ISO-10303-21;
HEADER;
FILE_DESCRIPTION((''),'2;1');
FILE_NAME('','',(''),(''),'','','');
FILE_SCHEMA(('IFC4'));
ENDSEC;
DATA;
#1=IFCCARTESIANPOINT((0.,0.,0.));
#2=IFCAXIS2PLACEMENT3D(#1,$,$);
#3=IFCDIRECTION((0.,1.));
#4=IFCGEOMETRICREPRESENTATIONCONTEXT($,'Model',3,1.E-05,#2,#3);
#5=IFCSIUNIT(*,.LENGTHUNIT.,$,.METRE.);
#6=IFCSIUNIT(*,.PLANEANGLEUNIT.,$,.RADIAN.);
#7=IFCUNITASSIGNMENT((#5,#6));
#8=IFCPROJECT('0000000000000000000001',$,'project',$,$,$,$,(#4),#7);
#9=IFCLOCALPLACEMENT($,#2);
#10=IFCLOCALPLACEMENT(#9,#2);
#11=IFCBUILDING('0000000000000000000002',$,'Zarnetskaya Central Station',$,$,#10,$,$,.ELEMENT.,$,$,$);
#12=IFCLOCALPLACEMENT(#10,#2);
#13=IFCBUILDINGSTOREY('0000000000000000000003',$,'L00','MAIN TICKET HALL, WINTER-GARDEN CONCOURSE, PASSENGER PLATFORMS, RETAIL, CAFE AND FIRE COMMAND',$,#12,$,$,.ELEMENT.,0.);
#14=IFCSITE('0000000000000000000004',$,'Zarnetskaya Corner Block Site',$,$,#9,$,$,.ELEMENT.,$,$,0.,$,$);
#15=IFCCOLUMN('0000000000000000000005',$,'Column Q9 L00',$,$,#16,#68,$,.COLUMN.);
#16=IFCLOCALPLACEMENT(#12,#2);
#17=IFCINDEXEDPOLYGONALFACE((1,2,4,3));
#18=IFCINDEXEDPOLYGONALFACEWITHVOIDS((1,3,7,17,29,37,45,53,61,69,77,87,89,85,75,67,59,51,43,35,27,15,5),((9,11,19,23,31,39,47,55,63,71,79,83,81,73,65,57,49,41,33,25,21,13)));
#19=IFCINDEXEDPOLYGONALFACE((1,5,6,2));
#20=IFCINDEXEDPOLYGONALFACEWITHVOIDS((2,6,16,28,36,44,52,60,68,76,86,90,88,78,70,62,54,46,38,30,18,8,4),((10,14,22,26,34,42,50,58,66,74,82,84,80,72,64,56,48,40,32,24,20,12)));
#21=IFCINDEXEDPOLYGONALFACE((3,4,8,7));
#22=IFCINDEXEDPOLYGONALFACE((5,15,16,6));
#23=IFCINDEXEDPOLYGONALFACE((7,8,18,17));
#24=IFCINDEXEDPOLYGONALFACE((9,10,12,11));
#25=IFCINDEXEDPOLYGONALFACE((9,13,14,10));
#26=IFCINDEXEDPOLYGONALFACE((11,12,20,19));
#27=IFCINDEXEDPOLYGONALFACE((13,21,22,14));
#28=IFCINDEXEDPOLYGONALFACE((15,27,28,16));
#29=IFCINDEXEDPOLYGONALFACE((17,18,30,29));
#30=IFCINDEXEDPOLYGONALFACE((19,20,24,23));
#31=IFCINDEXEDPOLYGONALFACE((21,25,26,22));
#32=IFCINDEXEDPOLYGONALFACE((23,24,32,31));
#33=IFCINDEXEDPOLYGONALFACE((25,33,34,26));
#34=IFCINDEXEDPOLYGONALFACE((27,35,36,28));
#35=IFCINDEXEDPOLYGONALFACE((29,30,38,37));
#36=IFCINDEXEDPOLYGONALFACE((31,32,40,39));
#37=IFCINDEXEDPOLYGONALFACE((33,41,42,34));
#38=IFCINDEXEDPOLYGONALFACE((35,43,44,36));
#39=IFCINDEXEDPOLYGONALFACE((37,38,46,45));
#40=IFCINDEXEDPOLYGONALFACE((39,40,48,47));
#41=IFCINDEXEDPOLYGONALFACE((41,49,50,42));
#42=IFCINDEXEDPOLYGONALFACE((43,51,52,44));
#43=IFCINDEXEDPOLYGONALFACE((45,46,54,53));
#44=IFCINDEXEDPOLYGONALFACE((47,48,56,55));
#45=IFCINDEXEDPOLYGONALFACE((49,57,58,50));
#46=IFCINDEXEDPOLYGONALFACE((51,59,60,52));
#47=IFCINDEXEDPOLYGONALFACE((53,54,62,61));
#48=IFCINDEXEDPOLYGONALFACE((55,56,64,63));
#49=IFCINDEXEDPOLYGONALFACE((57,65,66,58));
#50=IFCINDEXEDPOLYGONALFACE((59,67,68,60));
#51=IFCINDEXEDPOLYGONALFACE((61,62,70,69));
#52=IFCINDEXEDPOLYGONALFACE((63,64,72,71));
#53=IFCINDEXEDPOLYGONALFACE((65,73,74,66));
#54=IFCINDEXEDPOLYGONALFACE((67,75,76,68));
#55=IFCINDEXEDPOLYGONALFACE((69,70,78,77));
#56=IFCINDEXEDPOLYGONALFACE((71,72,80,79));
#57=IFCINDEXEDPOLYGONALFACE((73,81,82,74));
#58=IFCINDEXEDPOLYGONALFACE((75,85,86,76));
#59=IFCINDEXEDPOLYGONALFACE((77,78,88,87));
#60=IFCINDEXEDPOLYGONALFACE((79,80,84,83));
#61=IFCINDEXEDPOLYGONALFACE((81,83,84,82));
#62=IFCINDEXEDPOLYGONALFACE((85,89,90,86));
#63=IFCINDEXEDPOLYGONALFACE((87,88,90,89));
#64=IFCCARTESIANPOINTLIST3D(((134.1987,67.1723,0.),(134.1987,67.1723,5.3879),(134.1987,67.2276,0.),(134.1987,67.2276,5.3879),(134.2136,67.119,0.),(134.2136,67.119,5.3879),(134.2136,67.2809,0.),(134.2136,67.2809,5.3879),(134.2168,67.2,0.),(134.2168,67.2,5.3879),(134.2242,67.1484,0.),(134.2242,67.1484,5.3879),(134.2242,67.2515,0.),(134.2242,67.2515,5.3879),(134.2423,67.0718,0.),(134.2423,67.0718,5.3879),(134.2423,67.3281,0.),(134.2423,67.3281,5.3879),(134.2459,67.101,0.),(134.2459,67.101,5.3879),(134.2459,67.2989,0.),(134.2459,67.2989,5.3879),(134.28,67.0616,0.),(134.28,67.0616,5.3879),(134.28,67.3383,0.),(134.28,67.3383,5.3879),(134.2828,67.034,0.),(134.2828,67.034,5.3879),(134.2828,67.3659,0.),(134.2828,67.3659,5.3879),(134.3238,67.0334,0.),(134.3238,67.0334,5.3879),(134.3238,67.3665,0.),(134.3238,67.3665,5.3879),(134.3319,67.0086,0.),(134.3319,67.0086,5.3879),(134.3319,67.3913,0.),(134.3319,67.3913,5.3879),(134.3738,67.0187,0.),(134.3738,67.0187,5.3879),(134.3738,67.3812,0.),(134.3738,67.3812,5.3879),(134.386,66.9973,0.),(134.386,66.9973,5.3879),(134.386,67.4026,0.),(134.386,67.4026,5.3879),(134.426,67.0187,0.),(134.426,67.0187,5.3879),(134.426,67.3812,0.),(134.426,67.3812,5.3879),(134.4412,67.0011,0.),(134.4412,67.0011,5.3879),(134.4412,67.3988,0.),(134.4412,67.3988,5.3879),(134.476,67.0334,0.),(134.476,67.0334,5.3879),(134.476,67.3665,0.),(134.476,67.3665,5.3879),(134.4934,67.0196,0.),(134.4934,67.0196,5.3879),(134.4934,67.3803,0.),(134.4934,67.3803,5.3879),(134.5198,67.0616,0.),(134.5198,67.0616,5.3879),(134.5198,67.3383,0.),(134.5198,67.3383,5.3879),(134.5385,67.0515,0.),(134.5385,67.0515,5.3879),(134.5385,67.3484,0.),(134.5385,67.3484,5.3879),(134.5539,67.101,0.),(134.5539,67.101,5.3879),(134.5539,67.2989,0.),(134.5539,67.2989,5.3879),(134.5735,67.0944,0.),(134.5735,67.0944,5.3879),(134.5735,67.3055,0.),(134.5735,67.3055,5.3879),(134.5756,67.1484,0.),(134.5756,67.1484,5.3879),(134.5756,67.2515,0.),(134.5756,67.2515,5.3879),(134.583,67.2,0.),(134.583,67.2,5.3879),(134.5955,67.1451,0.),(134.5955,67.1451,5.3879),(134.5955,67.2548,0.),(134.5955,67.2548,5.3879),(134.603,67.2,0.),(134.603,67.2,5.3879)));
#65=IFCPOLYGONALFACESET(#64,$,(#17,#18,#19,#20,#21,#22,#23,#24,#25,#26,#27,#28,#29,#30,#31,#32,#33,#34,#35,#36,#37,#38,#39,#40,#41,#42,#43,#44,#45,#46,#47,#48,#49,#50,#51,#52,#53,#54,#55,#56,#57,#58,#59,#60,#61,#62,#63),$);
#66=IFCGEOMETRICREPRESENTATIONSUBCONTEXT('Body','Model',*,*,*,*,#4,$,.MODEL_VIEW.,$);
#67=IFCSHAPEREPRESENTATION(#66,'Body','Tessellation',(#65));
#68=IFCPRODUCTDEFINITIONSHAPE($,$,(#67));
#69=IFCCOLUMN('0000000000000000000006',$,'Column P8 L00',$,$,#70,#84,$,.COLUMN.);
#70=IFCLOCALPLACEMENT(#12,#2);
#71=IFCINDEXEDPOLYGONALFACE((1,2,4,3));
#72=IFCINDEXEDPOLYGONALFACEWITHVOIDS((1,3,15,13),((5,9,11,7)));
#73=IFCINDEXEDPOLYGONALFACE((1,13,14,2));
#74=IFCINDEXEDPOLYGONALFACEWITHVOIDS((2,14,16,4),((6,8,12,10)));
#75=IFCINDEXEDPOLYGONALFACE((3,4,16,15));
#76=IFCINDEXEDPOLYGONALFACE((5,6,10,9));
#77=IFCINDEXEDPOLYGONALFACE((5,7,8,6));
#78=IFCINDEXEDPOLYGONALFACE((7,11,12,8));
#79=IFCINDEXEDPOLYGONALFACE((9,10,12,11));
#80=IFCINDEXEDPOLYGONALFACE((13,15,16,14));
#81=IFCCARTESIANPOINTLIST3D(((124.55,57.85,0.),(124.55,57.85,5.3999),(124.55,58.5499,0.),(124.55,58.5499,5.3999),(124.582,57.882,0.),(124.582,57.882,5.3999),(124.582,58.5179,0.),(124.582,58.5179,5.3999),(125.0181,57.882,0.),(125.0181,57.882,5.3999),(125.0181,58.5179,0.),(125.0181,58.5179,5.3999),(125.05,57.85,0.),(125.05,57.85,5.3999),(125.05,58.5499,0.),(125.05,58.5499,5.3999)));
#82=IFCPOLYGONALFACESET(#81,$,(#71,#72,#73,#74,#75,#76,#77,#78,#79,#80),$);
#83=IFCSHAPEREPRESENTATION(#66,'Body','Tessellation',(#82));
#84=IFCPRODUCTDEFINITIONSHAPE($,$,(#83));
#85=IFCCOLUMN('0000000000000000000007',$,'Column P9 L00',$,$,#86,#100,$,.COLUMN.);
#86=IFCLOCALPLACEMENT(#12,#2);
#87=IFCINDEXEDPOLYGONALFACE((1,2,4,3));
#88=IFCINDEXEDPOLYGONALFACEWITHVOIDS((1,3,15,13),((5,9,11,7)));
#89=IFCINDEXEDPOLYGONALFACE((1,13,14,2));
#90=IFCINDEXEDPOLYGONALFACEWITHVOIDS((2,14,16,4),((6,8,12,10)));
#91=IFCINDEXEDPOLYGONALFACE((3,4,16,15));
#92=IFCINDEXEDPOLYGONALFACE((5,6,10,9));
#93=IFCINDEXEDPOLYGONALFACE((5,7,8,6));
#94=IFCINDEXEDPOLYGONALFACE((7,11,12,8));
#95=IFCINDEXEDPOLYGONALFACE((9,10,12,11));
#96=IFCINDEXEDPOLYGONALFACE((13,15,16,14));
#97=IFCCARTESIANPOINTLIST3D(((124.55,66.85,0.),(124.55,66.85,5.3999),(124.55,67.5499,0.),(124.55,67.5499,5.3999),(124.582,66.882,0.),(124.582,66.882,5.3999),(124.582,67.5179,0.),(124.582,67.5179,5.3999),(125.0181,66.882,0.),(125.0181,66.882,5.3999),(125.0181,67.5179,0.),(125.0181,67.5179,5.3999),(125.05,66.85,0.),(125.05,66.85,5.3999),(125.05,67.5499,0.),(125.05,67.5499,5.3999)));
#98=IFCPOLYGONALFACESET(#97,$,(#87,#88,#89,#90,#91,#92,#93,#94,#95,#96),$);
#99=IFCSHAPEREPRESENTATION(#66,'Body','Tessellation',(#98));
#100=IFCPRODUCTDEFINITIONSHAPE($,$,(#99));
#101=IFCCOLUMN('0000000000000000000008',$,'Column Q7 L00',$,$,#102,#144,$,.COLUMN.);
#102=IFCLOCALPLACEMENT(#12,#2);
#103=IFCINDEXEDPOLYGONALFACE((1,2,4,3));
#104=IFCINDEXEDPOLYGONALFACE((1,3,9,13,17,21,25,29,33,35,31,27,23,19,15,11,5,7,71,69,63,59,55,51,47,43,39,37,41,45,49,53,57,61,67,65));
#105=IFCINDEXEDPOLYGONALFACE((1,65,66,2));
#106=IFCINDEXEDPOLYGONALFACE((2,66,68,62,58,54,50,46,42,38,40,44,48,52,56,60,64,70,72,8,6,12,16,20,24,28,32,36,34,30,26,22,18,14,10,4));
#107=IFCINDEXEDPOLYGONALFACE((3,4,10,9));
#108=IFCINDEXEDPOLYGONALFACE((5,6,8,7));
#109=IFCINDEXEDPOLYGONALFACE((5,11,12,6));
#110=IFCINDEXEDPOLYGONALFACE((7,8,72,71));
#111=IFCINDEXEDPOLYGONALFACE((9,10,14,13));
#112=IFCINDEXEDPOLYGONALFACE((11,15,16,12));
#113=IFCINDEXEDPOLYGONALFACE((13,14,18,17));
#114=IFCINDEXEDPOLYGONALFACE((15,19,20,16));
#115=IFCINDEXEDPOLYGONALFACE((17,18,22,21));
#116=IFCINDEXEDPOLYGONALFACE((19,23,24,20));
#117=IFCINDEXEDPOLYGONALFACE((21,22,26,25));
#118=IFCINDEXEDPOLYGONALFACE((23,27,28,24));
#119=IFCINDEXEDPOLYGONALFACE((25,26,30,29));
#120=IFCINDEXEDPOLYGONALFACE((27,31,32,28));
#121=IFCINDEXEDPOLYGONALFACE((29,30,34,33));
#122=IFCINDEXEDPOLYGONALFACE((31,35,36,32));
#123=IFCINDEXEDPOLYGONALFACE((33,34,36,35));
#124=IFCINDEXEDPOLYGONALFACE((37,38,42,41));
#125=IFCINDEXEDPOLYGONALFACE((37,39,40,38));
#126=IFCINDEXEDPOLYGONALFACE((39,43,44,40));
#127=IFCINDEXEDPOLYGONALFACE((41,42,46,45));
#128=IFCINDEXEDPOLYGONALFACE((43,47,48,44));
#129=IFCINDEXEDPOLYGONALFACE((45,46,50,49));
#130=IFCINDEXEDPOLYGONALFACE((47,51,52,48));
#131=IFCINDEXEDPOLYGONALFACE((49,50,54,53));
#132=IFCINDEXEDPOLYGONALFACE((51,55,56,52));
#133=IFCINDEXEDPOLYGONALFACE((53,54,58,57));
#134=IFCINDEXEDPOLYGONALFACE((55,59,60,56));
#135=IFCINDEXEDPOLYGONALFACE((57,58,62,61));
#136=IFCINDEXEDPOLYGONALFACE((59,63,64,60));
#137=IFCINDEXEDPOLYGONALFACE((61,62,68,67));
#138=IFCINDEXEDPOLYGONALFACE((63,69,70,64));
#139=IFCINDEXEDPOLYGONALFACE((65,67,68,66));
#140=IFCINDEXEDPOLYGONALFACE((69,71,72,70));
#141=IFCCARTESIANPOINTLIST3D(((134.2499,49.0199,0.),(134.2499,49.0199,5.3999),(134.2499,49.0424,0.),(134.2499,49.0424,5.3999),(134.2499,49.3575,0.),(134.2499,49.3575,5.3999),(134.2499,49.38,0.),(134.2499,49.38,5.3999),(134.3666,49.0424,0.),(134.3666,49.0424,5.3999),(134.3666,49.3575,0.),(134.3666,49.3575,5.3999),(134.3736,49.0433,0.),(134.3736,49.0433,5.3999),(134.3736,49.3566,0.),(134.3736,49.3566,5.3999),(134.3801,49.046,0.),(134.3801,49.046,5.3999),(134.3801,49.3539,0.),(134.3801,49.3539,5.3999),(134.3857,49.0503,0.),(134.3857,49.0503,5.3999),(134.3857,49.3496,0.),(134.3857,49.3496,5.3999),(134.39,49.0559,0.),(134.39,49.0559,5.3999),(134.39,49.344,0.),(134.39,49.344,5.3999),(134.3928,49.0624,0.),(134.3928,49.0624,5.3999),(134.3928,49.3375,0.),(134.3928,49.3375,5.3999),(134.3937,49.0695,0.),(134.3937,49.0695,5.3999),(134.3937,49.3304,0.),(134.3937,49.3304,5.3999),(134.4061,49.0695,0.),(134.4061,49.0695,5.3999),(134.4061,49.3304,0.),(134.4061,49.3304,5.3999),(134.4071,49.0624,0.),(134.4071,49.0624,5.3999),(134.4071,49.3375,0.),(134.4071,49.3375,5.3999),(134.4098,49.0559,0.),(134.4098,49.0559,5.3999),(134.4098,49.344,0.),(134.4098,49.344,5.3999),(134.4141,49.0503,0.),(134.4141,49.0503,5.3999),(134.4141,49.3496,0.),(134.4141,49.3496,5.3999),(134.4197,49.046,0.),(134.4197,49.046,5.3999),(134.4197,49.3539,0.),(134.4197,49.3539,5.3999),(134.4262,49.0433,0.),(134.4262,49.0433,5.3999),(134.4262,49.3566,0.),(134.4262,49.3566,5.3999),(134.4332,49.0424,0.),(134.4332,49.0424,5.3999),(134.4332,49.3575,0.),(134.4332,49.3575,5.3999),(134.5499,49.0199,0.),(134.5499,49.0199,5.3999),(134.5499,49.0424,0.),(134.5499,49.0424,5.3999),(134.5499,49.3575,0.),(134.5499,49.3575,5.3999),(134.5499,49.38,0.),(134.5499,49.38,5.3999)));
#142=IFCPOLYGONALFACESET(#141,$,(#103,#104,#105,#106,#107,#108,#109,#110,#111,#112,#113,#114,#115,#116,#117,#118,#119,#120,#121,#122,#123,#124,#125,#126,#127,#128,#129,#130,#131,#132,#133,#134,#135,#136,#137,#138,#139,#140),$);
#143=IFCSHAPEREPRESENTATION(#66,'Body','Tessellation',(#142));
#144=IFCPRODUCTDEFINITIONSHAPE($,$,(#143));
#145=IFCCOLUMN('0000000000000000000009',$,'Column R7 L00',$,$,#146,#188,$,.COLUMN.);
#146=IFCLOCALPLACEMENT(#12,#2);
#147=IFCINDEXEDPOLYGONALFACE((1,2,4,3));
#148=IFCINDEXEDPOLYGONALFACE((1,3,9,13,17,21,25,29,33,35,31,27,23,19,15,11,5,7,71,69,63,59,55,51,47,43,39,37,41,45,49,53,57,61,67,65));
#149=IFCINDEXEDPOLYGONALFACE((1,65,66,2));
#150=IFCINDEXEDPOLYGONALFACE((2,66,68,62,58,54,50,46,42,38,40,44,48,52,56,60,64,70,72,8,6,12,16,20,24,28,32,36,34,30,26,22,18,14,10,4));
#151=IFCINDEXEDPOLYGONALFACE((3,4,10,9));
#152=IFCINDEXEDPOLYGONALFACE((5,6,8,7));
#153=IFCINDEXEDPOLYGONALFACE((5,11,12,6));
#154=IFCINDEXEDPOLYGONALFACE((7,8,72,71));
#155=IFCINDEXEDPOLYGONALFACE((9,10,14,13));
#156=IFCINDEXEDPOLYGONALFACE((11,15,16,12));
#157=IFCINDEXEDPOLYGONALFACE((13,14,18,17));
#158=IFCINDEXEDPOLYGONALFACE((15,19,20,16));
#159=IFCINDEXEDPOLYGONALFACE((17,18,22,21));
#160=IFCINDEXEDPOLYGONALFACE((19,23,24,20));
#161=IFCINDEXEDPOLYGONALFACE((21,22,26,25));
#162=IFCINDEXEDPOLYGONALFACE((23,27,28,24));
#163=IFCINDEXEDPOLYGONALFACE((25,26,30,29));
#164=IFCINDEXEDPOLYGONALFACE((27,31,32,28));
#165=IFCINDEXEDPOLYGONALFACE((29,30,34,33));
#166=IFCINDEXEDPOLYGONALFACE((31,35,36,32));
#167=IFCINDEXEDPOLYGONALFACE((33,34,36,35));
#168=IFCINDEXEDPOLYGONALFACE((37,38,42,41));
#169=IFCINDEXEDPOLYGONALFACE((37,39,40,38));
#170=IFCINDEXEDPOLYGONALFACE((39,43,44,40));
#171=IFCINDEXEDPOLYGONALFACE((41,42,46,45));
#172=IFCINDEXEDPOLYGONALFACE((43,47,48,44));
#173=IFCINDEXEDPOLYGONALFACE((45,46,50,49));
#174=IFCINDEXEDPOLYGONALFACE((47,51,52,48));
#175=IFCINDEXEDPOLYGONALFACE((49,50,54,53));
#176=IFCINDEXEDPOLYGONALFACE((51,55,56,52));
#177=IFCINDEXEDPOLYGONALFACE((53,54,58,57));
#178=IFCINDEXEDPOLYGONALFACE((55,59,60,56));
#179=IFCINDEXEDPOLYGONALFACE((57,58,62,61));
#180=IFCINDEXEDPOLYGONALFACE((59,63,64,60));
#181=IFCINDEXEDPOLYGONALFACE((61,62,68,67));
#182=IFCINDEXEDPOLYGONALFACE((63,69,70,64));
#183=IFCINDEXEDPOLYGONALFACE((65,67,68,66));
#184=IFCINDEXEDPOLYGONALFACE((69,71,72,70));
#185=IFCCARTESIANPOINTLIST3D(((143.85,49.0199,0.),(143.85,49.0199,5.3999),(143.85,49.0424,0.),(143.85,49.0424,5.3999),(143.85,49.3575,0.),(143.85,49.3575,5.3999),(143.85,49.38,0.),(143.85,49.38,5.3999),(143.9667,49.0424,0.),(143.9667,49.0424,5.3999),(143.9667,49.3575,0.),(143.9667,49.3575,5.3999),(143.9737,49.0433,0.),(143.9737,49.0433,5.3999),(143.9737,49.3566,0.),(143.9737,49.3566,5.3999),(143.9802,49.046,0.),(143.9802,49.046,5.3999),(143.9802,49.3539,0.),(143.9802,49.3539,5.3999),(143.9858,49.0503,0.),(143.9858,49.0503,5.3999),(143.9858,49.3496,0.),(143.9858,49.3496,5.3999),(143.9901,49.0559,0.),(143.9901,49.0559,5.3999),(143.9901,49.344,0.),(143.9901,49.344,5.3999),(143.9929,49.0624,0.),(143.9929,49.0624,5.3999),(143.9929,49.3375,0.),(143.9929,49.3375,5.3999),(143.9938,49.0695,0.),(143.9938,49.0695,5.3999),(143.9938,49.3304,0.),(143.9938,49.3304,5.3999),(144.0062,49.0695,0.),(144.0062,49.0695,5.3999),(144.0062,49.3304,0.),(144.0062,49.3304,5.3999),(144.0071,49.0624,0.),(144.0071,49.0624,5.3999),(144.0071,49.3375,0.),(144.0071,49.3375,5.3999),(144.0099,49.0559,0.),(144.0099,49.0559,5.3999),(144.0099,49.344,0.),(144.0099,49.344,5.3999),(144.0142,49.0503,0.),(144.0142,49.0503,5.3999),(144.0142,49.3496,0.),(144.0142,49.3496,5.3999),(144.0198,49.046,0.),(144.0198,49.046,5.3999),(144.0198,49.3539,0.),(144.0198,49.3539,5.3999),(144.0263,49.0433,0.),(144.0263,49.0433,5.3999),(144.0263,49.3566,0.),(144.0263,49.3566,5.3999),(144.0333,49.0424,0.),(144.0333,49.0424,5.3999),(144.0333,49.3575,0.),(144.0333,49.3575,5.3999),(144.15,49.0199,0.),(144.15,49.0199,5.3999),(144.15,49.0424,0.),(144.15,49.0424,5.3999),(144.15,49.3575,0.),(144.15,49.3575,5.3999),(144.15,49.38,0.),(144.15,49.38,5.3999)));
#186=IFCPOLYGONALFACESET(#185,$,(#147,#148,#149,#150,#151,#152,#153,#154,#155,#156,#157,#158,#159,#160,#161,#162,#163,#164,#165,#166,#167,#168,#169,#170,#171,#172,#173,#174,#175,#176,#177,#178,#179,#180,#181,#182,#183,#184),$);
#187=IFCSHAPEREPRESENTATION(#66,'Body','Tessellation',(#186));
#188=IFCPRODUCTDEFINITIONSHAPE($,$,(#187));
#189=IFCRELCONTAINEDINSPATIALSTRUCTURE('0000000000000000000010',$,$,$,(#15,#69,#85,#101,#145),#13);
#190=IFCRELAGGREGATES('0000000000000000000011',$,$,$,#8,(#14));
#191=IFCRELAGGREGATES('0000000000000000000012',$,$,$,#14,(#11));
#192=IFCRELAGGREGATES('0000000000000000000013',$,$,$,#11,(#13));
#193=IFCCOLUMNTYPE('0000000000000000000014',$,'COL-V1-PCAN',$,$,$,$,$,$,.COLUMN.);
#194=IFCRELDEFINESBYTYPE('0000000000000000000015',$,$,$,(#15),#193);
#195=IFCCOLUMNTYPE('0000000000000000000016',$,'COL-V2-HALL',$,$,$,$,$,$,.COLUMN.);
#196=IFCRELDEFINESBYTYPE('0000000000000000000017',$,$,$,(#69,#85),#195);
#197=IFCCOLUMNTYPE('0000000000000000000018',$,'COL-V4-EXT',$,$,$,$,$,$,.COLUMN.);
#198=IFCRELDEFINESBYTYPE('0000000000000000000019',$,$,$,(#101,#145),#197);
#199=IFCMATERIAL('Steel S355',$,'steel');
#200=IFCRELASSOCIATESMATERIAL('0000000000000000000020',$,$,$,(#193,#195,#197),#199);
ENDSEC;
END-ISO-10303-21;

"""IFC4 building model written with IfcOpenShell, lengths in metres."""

from ifc_helpers import new_model, si_unit, direction, frame, origin, origin_2d, place, context, subcontext, project, spatial, hollow_rectangle, hollow_circle, i_section, extrude, material, material_profile, profile_set, type_object, element, save


model = new_model("IFC4")

# Units and contexts
model_context = context("Model", 3, precision=1e-05, world=origin(), true_north=direction((0.0, 1.0)))
body_context = subcontext(model_context, "Body", "Model", "MODEL_VIEW")
ifc_project = project(units=[si_unit("LENGTHUNIT", "METRE"), si_unit("PLANEANGLEUNIT", "RADIAN")], contexts=[model_context])

# Site, building, storey
site_placement = place(None, origin())
site = spatial("IfcSite", under=ifc_project, at=site_placement, Name="Zarnetskaya Corner Block Site", CompositionType="ELEMENT", RefElevation=0.0)
building_placement = place(site_placement, origin())
building = spatial("IfcBuilding", under=site, at=building_placement, Name="Zarnetskaya Central Station", CompositionType="ELEMENT")
storey_placement = place(building_placement, origin())
storey = spatial("IfcBuildingStorey", under=building, at=storey_placement, Name="L00", Description="MAIN TICKET HALL, WINTER-GARDEN CONCOURSE, PASSENGER PLATFORMS, RETAIL, CAFE AND FIRE COMMAND", CompositionType="ELEMENT", Elevation=0.0)

# Columns
ifc_material_1 = material(Name="Steel S355", Category="steel")
ifc_material_profile_1 = material_profile(ifc_material_1, hollow_circle(Radius=0.2031, WallThickness=0.02, at=origin_2d()), Name="CHS 406.4x20")
ifc_profile_set_1 = profile_set([ifc_material_profile_1], Name="Steel S355")
column_type_1 = type_object("IfcColumnType", Name="COL-V1-PCAN", PredefinedType="COLUMN", material=ifc_profile_set_1)
column_placement = place(storey_placement, frame((134.3999, 67.2, 0.0), z_axis=(0.0, 0.0, 1.0), x_axis=(1.0, 0.0, 0.0)))
element("IfcColumn", 1, at=column_placement, inside=storey, type_object=column_type_1, Name="Column Q9 L00", PredefinedType="COLUMN", context=body_context, shape_type="SweptSolid", body=[
    extrude(hollow_circle(Radius=0.2031, WallThickness=0.02, at=origin_2d()), origin(), (0.0, 0.0, 1.0), 5.3879),
])
ifc_material_profile_2 = material_profile(ifc_material_1, hollow_rectangle(XDim=0.5, YDim=0.7, WallThickness=0.032, at=origin_2d()), Name="BOX 700x500x32")
ifc_profile_set_2 = profile_set([ifc_material_profile_2], Name="Steel S355")
column_type_2 = type_object("IfcColumnType", Name="COL-V2-HALL", PredefinedType="COLUMN", material=ifc_profile_set_2)
for number, where, z_axis, x_axis, name in (
    (2, (124.8, 58.2, 0.0), (0.0, 0.0, 1.0), (1.0, 0.0, 0.0), "Column P8 L00"),
    (3, (124.8, 67.2, 0.0), (0.0, 0.0, 1.0), (1.0, 0.0, 0.0), "Column P9 L00"),
):
    element("IfcColumn", number, at=place(storey_placement, frame(where, z_axis=z_axis, x_axis=x_axis)), inside=storey, type_object=column_type_2, Name=name, PredefinedType="COLUMN", context=body_context, shape_type="SweptSolid", body=[
        extrude(hollow_rectangle(XDim=0.5, YDim=0.7, WallThickness=0.032, at=origin_2d()), origin(), (0.0, 0.0, 1.0), 5.3999),
    ])
ifc_material_profile_3 = material_profile(ifc_material_1, i_section(OverallWidth=0.3, OverallDepth=0.3601, WebThickness=0.0125, FlangeThickness=0.0225, FilletRadius=0.0271, at=origin_2d()), Name="HEB 360")
ifc_profile_set_3 = profile_set([ifc_material_profile_3], Name="Steel S355")
column_type_3 = type_object("IfcColumnType", Name="COL-V4-EXT", PredefinedType="COLUMN", material=ifc_profile_set_3)
for number, where, z_axis, x_axis, name in (
    (4, (134.3999, 49.2, 0.0), (0.0, 0.0, 1.0), (1.0, 0.0, 0.0), "Column Q7 L00"),
    (5, (144.0, 49.2, 0.0), (0.0, 0.0, 1.0), (1.0, 0.0, 0.0), "Column R7 L00"),
):
    element("IfcColumn", number, at=place(storey_placement, frame(where, z_axis=z_axis, x_axis=x_axis)), inside=storey, type_object=column_type_3, Name=name, PredefinedType="COLUMN", context=body_context, shape_type="SweptSolid", body=[
        extrude(i_section(OverallWidth=0.3, OverallDepth=0.3601, WebThickness=0.0125, FlangeThickness=0.0225, FilletRadius=0.0271, at=origin_2d()), origin(), (0.0, 0.0, 1.0), 5.3999),
    ])

save(model, "model.ifc")
